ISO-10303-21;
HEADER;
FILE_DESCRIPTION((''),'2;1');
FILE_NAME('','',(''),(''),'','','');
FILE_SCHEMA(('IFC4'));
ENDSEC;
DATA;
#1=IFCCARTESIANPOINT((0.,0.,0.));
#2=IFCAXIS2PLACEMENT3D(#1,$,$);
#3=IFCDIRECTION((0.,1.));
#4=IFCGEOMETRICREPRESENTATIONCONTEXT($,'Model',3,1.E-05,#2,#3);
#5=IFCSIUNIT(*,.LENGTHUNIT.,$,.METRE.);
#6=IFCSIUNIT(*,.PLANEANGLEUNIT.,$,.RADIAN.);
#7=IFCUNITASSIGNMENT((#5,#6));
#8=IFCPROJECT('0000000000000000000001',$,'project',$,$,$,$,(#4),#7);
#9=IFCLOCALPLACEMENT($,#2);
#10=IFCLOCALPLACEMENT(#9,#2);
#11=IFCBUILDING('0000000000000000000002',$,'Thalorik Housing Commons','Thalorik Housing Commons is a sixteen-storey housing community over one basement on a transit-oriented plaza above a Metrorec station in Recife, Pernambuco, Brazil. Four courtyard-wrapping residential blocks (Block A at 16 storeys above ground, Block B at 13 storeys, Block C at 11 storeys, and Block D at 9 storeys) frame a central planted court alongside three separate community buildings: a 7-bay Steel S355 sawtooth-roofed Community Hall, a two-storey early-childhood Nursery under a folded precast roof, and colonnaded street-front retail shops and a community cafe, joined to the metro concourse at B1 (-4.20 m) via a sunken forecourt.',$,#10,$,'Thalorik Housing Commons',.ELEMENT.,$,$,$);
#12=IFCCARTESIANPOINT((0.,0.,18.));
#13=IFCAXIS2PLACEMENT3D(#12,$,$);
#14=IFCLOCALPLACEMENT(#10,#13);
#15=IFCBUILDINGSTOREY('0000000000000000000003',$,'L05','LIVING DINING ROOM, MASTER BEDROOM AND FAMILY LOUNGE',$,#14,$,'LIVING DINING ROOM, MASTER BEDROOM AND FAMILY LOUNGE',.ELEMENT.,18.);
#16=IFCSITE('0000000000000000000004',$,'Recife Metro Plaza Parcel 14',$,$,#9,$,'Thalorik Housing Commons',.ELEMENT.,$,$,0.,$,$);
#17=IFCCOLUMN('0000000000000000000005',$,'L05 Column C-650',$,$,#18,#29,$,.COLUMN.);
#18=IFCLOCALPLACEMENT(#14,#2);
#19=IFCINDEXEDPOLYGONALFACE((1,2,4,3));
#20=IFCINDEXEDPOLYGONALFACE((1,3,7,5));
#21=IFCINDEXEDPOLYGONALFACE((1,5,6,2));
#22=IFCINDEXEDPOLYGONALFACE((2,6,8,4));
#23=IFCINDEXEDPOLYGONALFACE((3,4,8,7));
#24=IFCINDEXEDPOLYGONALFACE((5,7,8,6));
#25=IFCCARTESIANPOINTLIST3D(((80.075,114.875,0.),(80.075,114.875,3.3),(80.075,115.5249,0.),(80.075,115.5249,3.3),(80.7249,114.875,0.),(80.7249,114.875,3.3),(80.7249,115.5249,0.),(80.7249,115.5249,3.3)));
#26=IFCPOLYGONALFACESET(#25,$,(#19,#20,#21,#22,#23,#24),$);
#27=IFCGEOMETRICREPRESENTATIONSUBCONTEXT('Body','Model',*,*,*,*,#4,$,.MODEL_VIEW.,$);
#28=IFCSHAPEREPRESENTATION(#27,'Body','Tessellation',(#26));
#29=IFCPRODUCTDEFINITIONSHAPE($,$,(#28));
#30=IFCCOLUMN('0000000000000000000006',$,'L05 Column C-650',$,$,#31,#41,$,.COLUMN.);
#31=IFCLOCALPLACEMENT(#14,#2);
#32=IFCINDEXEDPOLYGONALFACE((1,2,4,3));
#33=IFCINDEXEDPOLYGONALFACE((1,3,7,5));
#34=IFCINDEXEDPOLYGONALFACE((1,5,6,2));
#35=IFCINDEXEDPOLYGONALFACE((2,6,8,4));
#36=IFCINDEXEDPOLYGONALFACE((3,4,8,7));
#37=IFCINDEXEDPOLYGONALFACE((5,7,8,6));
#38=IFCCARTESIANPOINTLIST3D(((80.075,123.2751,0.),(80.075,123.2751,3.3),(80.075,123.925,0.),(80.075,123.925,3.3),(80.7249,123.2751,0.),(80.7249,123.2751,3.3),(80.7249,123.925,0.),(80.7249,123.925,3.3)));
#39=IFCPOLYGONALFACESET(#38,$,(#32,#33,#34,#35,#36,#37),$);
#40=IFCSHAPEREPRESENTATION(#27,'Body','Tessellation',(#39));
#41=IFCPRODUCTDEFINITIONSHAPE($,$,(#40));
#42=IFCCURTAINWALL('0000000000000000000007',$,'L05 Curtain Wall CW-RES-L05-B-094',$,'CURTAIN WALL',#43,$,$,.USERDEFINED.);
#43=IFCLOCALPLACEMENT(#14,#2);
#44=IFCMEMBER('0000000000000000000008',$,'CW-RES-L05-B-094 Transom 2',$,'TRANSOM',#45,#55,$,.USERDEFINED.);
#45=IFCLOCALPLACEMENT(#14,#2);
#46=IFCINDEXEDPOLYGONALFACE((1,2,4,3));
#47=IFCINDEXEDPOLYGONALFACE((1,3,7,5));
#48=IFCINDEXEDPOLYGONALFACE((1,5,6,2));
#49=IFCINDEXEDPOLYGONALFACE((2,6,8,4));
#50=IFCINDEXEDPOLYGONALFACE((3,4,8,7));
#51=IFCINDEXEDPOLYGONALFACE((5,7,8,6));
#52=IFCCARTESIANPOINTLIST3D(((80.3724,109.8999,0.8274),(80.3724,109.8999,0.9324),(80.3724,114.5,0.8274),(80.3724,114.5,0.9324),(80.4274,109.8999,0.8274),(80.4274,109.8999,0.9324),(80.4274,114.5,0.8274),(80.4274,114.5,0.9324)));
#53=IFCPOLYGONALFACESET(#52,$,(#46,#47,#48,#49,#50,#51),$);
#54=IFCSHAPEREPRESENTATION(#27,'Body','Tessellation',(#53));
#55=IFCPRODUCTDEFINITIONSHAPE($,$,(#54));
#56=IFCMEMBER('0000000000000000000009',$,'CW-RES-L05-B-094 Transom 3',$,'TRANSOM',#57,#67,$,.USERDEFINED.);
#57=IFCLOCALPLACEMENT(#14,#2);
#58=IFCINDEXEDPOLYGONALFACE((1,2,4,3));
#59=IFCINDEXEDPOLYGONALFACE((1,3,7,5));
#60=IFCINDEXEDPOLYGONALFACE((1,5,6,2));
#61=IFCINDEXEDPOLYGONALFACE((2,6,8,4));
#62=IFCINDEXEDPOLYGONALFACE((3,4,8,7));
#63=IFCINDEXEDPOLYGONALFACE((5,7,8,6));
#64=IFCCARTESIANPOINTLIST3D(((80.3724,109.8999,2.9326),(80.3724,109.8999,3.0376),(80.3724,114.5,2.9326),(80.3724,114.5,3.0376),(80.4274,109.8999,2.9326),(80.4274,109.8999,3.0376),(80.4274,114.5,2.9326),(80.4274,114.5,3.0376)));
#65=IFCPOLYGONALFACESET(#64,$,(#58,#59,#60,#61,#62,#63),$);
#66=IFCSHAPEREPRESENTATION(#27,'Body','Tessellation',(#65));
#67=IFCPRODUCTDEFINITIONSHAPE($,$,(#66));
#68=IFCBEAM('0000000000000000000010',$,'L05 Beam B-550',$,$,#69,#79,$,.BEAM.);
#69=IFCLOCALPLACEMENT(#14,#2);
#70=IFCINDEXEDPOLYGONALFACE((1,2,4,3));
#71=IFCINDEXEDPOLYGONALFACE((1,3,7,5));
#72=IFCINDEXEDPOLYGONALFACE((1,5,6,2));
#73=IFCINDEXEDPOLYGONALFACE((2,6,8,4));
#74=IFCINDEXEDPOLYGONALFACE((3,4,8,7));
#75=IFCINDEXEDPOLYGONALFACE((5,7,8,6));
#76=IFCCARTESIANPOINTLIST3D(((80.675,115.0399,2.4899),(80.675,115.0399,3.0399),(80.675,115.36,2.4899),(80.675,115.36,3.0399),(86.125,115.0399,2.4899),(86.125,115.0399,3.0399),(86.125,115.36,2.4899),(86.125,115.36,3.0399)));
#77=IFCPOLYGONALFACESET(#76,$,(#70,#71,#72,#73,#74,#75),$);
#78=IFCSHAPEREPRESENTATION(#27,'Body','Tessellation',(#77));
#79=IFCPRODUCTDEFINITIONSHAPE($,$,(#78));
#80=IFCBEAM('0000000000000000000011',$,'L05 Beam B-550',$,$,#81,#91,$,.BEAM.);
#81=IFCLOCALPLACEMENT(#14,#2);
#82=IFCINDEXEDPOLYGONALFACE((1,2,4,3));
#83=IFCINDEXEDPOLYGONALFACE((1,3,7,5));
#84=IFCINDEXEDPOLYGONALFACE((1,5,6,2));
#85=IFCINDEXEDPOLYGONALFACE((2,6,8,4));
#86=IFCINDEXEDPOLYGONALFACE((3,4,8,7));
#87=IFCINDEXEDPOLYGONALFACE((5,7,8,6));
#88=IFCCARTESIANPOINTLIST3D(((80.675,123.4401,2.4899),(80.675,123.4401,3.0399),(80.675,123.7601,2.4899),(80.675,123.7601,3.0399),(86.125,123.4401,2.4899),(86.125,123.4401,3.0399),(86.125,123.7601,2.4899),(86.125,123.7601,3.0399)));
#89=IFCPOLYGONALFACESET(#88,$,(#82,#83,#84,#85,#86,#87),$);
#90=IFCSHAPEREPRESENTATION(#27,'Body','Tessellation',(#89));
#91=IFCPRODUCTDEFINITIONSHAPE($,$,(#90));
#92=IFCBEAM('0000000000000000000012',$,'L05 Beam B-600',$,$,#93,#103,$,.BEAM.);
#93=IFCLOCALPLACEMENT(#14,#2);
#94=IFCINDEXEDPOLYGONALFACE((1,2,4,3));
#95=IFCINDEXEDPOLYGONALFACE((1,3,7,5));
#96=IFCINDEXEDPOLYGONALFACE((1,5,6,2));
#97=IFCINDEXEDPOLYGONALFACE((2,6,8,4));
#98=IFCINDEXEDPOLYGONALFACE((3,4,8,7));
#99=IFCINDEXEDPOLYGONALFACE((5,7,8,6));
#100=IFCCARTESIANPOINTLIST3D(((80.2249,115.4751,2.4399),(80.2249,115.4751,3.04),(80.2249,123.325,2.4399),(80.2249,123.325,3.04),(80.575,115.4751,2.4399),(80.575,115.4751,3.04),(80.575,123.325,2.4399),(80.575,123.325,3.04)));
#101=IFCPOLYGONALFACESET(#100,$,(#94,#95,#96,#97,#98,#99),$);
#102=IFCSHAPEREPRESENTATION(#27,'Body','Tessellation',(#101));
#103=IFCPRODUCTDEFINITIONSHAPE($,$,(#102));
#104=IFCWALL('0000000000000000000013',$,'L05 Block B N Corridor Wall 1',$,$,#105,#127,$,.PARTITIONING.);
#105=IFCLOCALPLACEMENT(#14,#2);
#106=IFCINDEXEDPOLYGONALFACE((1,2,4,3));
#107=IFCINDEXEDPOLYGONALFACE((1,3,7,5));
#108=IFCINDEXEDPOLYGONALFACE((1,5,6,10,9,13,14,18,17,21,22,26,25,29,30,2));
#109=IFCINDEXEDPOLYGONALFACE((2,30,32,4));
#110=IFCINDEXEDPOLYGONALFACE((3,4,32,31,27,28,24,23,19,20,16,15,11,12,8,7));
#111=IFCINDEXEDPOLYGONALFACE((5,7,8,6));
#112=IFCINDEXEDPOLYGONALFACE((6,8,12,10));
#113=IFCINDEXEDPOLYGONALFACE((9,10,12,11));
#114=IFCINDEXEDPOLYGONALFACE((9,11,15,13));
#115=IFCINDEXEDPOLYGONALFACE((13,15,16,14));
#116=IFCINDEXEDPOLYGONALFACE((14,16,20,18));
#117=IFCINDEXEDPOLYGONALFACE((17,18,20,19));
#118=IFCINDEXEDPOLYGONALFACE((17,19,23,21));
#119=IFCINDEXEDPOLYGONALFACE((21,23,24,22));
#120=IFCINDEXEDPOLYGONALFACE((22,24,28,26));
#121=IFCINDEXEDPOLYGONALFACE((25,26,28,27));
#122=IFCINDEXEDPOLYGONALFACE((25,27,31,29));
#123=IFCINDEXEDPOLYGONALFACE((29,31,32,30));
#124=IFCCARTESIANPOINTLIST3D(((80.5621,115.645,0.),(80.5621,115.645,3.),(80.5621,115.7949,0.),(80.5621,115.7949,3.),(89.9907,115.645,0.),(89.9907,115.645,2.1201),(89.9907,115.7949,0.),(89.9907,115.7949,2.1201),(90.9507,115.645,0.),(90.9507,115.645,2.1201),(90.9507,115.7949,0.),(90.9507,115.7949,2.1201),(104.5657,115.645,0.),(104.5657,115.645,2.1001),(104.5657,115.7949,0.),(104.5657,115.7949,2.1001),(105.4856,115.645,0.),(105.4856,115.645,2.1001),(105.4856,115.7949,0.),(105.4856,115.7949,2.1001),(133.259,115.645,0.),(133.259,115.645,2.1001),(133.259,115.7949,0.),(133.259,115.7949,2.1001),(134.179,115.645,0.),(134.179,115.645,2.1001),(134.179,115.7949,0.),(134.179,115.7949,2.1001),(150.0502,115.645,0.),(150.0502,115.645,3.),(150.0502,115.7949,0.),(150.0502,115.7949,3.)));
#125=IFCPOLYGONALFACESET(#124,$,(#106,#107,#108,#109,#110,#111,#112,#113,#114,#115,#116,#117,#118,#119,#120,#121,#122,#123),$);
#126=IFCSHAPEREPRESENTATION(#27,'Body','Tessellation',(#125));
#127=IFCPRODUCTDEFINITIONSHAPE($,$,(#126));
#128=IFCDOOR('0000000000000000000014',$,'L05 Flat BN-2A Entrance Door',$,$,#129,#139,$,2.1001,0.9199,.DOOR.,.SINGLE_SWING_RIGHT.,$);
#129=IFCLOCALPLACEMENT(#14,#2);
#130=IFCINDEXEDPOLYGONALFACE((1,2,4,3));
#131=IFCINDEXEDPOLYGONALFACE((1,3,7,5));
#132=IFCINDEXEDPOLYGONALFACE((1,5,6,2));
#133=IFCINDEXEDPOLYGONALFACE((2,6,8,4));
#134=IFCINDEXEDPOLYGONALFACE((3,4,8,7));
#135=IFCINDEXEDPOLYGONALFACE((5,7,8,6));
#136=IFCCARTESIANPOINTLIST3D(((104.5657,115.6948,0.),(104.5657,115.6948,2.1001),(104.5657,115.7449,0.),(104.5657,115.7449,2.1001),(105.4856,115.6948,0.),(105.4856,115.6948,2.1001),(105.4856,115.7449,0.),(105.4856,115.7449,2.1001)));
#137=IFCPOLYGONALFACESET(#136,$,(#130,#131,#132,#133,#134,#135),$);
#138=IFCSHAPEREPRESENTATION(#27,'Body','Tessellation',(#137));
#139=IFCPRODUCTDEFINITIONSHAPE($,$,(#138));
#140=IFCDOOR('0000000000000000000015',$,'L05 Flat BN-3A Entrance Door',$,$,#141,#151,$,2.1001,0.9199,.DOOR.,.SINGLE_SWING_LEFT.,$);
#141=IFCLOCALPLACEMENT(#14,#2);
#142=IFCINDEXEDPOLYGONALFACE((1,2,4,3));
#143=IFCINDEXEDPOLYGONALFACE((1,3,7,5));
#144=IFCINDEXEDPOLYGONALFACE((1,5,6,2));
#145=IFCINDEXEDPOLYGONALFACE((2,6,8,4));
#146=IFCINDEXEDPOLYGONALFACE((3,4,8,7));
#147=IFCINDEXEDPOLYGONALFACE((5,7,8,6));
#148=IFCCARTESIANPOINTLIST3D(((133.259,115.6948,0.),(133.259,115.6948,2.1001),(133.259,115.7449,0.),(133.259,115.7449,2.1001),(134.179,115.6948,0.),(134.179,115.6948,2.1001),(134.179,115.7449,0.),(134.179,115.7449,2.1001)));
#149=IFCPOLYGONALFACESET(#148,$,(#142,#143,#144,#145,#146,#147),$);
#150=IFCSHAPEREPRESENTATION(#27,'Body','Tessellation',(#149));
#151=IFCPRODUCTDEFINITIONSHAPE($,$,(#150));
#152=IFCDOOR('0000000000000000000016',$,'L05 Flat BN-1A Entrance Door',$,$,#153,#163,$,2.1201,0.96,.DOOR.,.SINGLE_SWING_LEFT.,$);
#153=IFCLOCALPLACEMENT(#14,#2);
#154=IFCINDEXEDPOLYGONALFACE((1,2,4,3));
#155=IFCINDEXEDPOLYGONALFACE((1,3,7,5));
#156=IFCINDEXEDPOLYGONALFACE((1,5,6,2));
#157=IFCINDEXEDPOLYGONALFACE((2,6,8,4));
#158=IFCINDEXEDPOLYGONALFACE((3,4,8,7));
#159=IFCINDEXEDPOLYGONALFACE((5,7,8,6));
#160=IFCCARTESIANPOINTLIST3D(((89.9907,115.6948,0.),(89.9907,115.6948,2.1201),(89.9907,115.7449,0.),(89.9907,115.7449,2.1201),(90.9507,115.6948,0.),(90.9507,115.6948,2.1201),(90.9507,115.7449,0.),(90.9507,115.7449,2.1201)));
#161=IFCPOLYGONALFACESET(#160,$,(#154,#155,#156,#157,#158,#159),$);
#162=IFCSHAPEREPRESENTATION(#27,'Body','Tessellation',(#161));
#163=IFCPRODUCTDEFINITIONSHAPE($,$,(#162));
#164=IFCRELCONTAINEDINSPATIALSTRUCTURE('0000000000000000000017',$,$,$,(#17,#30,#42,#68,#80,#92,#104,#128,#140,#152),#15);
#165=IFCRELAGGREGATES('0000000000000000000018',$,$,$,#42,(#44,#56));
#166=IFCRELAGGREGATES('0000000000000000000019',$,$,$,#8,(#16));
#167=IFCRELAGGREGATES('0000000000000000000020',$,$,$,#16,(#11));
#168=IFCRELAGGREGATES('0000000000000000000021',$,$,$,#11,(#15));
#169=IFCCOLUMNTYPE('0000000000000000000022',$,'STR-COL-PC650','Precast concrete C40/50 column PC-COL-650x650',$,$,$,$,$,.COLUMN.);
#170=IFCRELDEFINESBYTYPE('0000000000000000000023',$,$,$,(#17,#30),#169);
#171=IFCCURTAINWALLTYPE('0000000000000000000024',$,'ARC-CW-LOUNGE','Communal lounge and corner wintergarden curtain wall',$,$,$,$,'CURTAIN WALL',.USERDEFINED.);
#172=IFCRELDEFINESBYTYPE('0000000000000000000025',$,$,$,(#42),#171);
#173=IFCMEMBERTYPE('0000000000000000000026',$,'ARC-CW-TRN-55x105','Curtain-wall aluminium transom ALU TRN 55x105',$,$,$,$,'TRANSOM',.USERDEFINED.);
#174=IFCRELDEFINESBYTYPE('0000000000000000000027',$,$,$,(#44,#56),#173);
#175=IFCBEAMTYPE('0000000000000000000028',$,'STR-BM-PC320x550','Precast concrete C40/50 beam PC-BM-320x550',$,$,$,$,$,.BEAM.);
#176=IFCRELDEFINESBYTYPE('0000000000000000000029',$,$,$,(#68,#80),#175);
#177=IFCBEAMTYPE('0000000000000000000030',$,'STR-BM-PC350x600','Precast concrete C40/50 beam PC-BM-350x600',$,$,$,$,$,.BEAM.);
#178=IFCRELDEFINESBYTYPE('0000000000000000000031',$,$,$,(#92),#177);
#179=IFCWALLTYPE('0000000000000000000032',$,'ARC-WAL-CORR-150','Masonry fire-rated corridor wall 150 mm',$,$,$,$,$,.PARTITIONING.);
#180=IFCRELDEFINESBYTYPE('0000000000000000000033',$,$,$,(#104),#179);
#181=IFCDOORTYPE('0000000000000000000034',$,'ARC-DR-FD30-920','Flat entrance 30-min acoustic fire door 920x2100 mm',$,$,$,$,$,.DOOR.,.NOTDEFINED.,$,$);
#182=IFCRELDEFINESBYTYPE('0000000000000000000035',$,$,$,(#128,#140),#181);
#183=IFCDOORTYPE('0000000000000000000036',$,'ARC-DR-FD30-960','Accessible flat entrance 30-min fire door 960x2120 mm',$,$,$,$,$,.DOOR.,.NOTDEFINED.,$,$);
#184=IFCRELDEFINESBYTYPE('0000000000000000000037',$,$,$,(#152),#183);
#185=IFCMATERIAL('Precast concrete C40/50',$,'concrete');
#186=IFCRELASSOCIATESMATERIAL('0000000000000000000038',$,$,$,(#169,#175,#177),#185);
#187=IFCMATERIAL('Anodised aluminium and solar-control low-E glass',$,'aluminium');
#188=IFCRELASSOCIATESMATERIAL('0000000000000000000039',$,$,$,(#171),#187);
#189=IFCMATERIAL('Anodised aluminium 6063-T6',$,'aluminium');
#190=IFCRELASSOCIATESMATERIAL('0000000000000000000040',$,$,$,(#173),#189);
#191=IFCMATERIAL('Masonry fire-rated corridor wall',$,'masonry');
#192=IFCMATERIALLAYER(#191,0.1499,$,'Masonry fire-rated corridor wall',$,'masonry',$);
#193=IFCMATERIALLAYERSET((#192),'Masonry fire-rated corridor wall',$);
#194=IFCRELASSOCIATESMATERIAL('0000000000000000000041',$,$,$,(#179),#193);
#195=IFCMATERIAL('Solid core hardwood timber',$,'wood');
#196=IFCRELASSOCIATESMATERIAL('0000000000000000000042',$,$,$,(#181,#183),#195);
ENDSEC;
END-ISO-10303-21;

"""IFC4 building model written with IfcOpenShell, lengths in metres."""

from ifc_helpers import new_model, si_unit, direction, frame, frame_2d, origin, origin_2d, place, context, subcontext, project, spatial, rectangle, extrude, material, layer, layer_set, material_profile, profile_set, type_object, element, fill, aggregate, save


model = new_model("IFC4")

# Units and contexts
model_context = context("Model", 3, precision=1e-05, world=origin(), true_north=direction((0.0, 1.0)))
body_context = subcontext(model_context, "Body", "Model", "MODEL_VIEW")
ifc_project = project(units=[si_unit("LENGTHUNIT", "METRE"), si_unit("PLANEANGLEUNIT", "RADIAN")], contexts=[model_context])

# Site, building, storey
site_placement = place(None, origin())
site = spatial("IfcSite", under=ifc_project, at=site_placement, Name="Recife Metro Plaza Parcel 14", LongName="Thalorik Housing Commons", CompositionType="ELEMENT", RefElevation=0.0)
building_placement = place(site_placement, origin())
building = spatial("IfcBuilding", under=site, at=building_placement, Name="Thalorik Housing Commons", Description="Thalorik Housing Commons is a sixteen-storey housing community over one basement on a transit-oriented plaza above a Metrorec station in Recife, Pernambuco, Brazil. Four courtyard-wrapping residential blocks (Block A at 16 storeys above ground, Block B at 13 storeys, Block C at 11 storeys, and Block D at 9 storeys) frame a central planted court alongside three separate community buildings: a 7-bay Steel S355 sawtooth-roofed Community Hall, a two-storey early-childhood Nursery under a folded precast roof, and colonnaded street-front retail shops and a community cafe, joined to the metro concourse at B1 (-4.20 m) via a sunken forecourt.", LongName="Thalorik Housing Commons", CompositionType="ELEMENT")
storey_placement = place(building_placement, frame((0.0, 0.0, 18.0)))
storey = spatial("IfcBuildingStorey", under=building, at=storey_placement, Name="L05", Description="LIVING DINING ROOM, MASTER BEDROOM AND FAMILY LOUNGE", LongName="LIVING DINING ROOM, MASTER BEDROOM AND FAMILY LOUNGE", CompositionType="ELEMENT", Elevation=18.0)

# Columns
ifc_material_1 = material(Name="Precast concrete C40/50", Category="concrete")
ifc_material_profile_1 = material_profile(ifc_material_1, rectangle(XDim=0.6499, YDim=0.6499, at=origin_2d()), Name="PC 650x650", Category="concrete")
ifc_profile_set_1 = profile_set([ifc_material_profile_1], Name="Precast concrete C40/50")
column_type = type_object("IfcColumnType", Name="STR-COL-PC650", Description="Precast concrete C40/50 column PC-COL-650x650", PredefinedType="COLUMN", material=ifc_profile_set_1)
for number, where, z_axis, x_axis, name in (
    (1, (80.3999, 115.2, 0.0), (0.0, 0.0, 1.0), (1.0, 0.0, 0.0), "L05 Column C-650"),
    (2, (80.3999, 123.6001, 0.0), (0.0, 0.0, 1.0), (1.0, 0.0, 0.0), "L05 Column C-650"),
):
    element("IfcColumn", number, at=place(storey_placement, frame(where, z_axis=z_axis, x_axis=x_axis)), inside=storey, type_object=column_type, Name=name, PredefinedType="COLUMN", context=body_context, shape_type="SweptSolid", body=[
        extrude(rectangle(XDim=0.6499, YDim=0.6499, at=origin_2d()), origin(), (0.0, 0.0, 1.0), 3.3),
    ])

# Curtain wall, members
ifc_material_2 = material(Name="Anodised aluminium and solar-control low-E glass", Category="aluminium")
curtain_wall_type = type_object("IfcCurtainWallType", Name="ARC-CW-LOUNGE", Description="Communal lounge and corner wintergarden curtain wall", ElementType="CURTAIN WALL", PredefinedType="USERDEFINED", material=ifc_material_2)
curtain_wall_placement = place(storey_placement, origin())
curtain_wall = element("IfcCurtainWall", 3, at=curtain_wall_placement, inside=storey, type_object=curtain_wall_type, Name="L05 Curtain Wall CW-RES-L05-B-094", ObjectType="CURTAIN WALL", PredefinedType="USERDEFINED")
ifc_material_3 = material(Name="Anodised aluminium 6063-T6", Category="aluminium")
ifc_material_profile_2 = material_profile(ifc_material_3, rectangle(XDim=0.0549, YDim=0.105, at=origin_2d()), Name="ALU TRN 55x105", Category="aluminium")
ifc_profile_set_2 = profile_set([ifc_material_profile_2], Name="Anodised aluminium 6063-T6")
member_type = type_object("IfcMemberType", Name="ARC-CW-TRN-55x105", Description="Curtain-wall aluminium transom ALU TRN 55x105", ElementType="TRANSOM", PredefinedType="USERDEFINED", material=ifc_profile_set_2)
member_1_placement = place(storey_placement, frame((80.3999, 114.5, 0.8799), z_axis=(0.0, -1.0, 0.0), x_axis=(1.0, 0.0, 0.0)))
member_1 = element("IfcMember", 4, at=member_1_placement, type_object=member_type, Name="CW-RES-L05-B-094 Transom 2", ObjectType="TRANSOM", PredefinedType="USERDEFINED", context=body_context, shape_type="SweptSolid", body=[
    extrude(rectangle(XDim=0.0549, YDim=0.105, at=origin_2d()), origin(), (0.0, 0.0, 1.0), 4.6001),
])
member_2_placement = place(storey_placement, frame((80.3999, 114.5, 2.9851), z_axis=(0.0, -1.0, 0.0), x_axis=(1.0, 0.0, 0.0)))
member_2 = element("IfcMember", 5, at=member_2_placement, type_object=member_type, Name="CW-RES-L05-B-094 Transom 3", ObjectType="TRANSOM", PredefinedType="USERDEFINED", context=body_context, shape_type="SweptSolid", body=[
    extrude(rectangle(XDim=0.0549, YDim=0.105, at=origin_2d()), origin(), (0.0, 0.0, 1.0), 4.6001),
])
aggregate(curtain_wall, [member_1, member_2])

# Beams
ifc_material_profile_3 = material_profile(ifc_material_1, rectangle(XDim=0.3201, YDim=0.55, at=origin_2d()), Name="PC 320x550", Category="concrete")
ifc_profile_set_3 = profile_set([ifc_material_profile_3], Name="Precast concrete C40/50")
beam_type_1 = type_object("IfcBeamType", Name="STR-BM-PC320x550", Description="Precast concrete C40/50 beam PC-BM-320x550", PredefinedType="BEAM", material=ifc_profile_set_3)
for number, where, z_axis, x_axis, name in (
    (6, (80.675, 115.2, 2.7649), (1.0, 0.0, 0.0), (0.0, 1.0, 0.0), "L05 Beam B-550"),
    (7, (80.675, 123.6001, 2.7649), (1.0, 0.0, 0.0), (0.0, 1.0, 0.0), "L05 Beam B-550"),
):
    element("IfcBeam", number, at=place(storey_placement, frame(where, z_axis=z_axis, x_axis=x_axis)), inside=storey, type_object=beam_type_1, Name=name, PredefinedType="BEAM", context=body_context, shape_type="SweptSolid", body=[
        extrude(rectangle(XDim=0.3201, YDim=0.55, at=origin_2d()), origin(), (0.0, 0.0, 1.0), 5.45),
    ])
ifc_material_profile_4 = material_profile(ifc_material_1, rectangle(XDim=0.3501, YDim=0.6001, at=origin_2d()), Name="PC 350x600", Category="concrete")
ifc_profile_set_4 = profile_set([ifc_material_profile_4], Name="Precast concrete C40/50")
beam_type_2 = type_object("IfcBeamType", Name="STR-BM-PC350x600", Description="Precast concrete C40/50 beam PC-BM-350x600", PredefinedType="BEAM", material=ifc_profile_set_4)
beam_placement = place(storey_placement, frame((80.3999, 115.4751, 2.74), z_axis=(0.0, 1.0, 0.0), x_axis=(-1.0, 0.0, 0.0)))
element("IfcBeam", 8, at=beam_placement, inside=storey, type_object=beam_type_2, Name="L05 Beam B-600", PredefinedType="BEAM", context=body_context, shape_type="SweptSolid", body=[
    extrude(rectangle(XDim=0.3501, YDim=0.6001, at=origin_2d()), origin(), (0.0, 0.0, 1.0), 7.8499),
])

# Wall, openings, doors
ifc_material_4 = material(Name="Masonry fire-rated corridor wall", Category="masonry")
ifc_layer_1 = layer(ifc_material_4, 0.1499, Name="Masonry fire-rated corridor wall", Category="masonry")
ifc_layer_set_1 = layer_set([ifc_layer_1], Name="Masonry fire-rated corridor wall")
wall_type_1 = type_object("IfcWallType", Name="ARC-WAL-CORR-150", Description="Masonry fire-rated corridor wall 150 mm", PredefinedType="PARTITIONING", material=ifc_layer_set_1)
wall_1_placement = place(storey_placement, frame((80.562, 115.72, 0.0), z_axis=(0.0, 0.0, 1.0), x_axis=(1.0, 0.0, 0.0)))
wall_1 = element("IfcWall", 9, at=wall_1_placement, inside=storey, type_object=wall_type_1, Name="L05 Block B N Corridor Wall 1", PredefinedType="PARTITIONING", context=body_context, shape_type="SweptSolid", body=[
    extrude(rectangle(XDim=69.488, YDim=0.1499, at=frame_2d((34.7441, 0.0))), origin(), (0.0, 0.0, 1.0), 3.0),
])
opening_1_placement = place(wall_1_placement, frame((9.4287, 0.0, 0.0)))
opening_1 = element("IfcOpeningElement", 10, at=opening_1_placement, cuts=wall_1, PredefinedType="OPENING", context=body_context, shape_type="SweptSolid", body=[
    extrude(rectangle(XDim=0.96, YDim=2.1201, at=frame_2d((0.48, 1.0601))), frame((0.0, 0.085, 0.0), z_axis=(0.0, -1.0, 0.0), x_axis=(1.0, 0.0, 0.0)), (0.0, 0.0, 1.0), 0.1699),
])
opening_2_placement = place(wall_1_placement, frame((24.0037, 0.0, 0.0)))
opening_2 = element("IfcOpeningElement", 11, at=opening_2_placement, cuts=wall_1, PredefinedType="OPENING", context=body_context, shape_type="SweptSolid", body=[
    extrude(rectangle(XDim=0.9199, YDim=2.1001, at=frame_2d((0.46, 1.05))), frame((0.0, 0.085, 0.0), z_axis=(0.0, -1.0, 0.0), x_axis=(1.0, 0.0, 0.0)), (0.0, 0.0, 1.0), 0.1699),
])
opening_3_placement = place(wall_1_placement, frame((52.697, 0.0, 0.0)))
opening_3 = element("IfcOpeningElement", 12, at=opening_3_placement, cuts=wall_1, PredefinedType="OPENING", context=body_context, shape_type="SweptSolid", body=[
    extrude(rectangle(XDim=0.9199, YDim=2.1001, at=frame_2d((0.46, 1.05))), frame((0.0, 0.085, 0.0), z_axis=(0.0, -1.0, 0.0), x_axis=(1.0, 0.0, 0.0)), (0.0, 0.0, 1.0), 0.1699),
])
ifc_material_5 = material(Name="Solid core hardwood timber", Category="wood")
door_type_1 = type_object("IfcDoorType", Name="ARC-DR-FD30-920", Description="Flat entrance 30-min acoustic fire door 920x2100 mm", OperationType="NOTDEFINED", PredefinedType="DOOR", material=ifc_material_5)
door_1_placement = place(opening_2_placement, origin())
door_1 = element("IfcDoor", 13, at=door_1_placement, inside=storey, type_object=door_type_1, Name="L05 Flat BN-2A Entrance Door", OperationType="SINGLE_SWING_RIGHT", OverallHeight=2.1001, OverallWidth=0.9199, PredefinedType="DOOR", context=body_context, shape_type="SweptSolid", body=[
    extrude(rectangle(XDim=0.9199, YDim=2.1001, at=frame_2d((0.46, 1.05))), frame((0.0, 0.0249, 0.0), z_axis=(0.0, -1.0, 0.0), x_axis=(1.0, 0.0, 0.0)), (0.0, 0.0, 1.0), 0.05),
])
fill(opening_2, door_1)
door_2_placement = place(opening_3_placement, origin())
door_2 = element("IfcDoor", 14, at=door_2_placement, inside=storey, type_object=door_type_1, Name="L05 Flat BN-3A Entrance Door", OperationType="SINGLE_SWING_LEFT", OverallHeight=2.1001, OverallWidth=0.9199, PredefinedType="DOOR", context=body_context, shape_type="SweptSolid", body=[
    extrude(rectangle(XDim=0.9199, YDim=2.1001, at=frame_2d((0.46, 1.05))), frame((0.0, 0.0249, 0.0), z_axis=(0.0, -1.0, 0.0), x_axis=(1.0, 0.0, 0.0)), (0.0, 0.0, 1.0), 0.05),
])
fill(opening_3, door_2)
door_type_2 = type_object("IfcDoorType", Name="ARC-DR-FD30-960", Description="Accessible flat entrance 30-min fire door 960x2120 mm", OperationType="NOTDEFINED", PredefinedType="DOOR", material=ifc_material_5)
door_3_placement = place(opening_1_placement, origin())
door_3 = element("IfcDoor", 15, at=door_3_placement, inside=storey, type_object=door_type_2, Name="L05 Flat BN-1A Entrance Door", OperationType="SINGLE_SWING_LEFT", OverallHeight=2.1201, OverallWidth=0.96, PredefinedType="DOOR", context=body_context, shape_type="SweptSolid", body=[
    extrude(rectangle(XDim=0.96, YDim=2.1201, at=frame_2d((0.48, 1.0601))), frame((0.0, 0.0249, 0.0), z_axis=(0.0, -1.0, 0.0), x_axis=(1.0, 0.0, 0.0)), (0.0, 0.0, 1.0), 0.05),
])
fill(opening_1, door_3)

save(model, "model.ifc")
